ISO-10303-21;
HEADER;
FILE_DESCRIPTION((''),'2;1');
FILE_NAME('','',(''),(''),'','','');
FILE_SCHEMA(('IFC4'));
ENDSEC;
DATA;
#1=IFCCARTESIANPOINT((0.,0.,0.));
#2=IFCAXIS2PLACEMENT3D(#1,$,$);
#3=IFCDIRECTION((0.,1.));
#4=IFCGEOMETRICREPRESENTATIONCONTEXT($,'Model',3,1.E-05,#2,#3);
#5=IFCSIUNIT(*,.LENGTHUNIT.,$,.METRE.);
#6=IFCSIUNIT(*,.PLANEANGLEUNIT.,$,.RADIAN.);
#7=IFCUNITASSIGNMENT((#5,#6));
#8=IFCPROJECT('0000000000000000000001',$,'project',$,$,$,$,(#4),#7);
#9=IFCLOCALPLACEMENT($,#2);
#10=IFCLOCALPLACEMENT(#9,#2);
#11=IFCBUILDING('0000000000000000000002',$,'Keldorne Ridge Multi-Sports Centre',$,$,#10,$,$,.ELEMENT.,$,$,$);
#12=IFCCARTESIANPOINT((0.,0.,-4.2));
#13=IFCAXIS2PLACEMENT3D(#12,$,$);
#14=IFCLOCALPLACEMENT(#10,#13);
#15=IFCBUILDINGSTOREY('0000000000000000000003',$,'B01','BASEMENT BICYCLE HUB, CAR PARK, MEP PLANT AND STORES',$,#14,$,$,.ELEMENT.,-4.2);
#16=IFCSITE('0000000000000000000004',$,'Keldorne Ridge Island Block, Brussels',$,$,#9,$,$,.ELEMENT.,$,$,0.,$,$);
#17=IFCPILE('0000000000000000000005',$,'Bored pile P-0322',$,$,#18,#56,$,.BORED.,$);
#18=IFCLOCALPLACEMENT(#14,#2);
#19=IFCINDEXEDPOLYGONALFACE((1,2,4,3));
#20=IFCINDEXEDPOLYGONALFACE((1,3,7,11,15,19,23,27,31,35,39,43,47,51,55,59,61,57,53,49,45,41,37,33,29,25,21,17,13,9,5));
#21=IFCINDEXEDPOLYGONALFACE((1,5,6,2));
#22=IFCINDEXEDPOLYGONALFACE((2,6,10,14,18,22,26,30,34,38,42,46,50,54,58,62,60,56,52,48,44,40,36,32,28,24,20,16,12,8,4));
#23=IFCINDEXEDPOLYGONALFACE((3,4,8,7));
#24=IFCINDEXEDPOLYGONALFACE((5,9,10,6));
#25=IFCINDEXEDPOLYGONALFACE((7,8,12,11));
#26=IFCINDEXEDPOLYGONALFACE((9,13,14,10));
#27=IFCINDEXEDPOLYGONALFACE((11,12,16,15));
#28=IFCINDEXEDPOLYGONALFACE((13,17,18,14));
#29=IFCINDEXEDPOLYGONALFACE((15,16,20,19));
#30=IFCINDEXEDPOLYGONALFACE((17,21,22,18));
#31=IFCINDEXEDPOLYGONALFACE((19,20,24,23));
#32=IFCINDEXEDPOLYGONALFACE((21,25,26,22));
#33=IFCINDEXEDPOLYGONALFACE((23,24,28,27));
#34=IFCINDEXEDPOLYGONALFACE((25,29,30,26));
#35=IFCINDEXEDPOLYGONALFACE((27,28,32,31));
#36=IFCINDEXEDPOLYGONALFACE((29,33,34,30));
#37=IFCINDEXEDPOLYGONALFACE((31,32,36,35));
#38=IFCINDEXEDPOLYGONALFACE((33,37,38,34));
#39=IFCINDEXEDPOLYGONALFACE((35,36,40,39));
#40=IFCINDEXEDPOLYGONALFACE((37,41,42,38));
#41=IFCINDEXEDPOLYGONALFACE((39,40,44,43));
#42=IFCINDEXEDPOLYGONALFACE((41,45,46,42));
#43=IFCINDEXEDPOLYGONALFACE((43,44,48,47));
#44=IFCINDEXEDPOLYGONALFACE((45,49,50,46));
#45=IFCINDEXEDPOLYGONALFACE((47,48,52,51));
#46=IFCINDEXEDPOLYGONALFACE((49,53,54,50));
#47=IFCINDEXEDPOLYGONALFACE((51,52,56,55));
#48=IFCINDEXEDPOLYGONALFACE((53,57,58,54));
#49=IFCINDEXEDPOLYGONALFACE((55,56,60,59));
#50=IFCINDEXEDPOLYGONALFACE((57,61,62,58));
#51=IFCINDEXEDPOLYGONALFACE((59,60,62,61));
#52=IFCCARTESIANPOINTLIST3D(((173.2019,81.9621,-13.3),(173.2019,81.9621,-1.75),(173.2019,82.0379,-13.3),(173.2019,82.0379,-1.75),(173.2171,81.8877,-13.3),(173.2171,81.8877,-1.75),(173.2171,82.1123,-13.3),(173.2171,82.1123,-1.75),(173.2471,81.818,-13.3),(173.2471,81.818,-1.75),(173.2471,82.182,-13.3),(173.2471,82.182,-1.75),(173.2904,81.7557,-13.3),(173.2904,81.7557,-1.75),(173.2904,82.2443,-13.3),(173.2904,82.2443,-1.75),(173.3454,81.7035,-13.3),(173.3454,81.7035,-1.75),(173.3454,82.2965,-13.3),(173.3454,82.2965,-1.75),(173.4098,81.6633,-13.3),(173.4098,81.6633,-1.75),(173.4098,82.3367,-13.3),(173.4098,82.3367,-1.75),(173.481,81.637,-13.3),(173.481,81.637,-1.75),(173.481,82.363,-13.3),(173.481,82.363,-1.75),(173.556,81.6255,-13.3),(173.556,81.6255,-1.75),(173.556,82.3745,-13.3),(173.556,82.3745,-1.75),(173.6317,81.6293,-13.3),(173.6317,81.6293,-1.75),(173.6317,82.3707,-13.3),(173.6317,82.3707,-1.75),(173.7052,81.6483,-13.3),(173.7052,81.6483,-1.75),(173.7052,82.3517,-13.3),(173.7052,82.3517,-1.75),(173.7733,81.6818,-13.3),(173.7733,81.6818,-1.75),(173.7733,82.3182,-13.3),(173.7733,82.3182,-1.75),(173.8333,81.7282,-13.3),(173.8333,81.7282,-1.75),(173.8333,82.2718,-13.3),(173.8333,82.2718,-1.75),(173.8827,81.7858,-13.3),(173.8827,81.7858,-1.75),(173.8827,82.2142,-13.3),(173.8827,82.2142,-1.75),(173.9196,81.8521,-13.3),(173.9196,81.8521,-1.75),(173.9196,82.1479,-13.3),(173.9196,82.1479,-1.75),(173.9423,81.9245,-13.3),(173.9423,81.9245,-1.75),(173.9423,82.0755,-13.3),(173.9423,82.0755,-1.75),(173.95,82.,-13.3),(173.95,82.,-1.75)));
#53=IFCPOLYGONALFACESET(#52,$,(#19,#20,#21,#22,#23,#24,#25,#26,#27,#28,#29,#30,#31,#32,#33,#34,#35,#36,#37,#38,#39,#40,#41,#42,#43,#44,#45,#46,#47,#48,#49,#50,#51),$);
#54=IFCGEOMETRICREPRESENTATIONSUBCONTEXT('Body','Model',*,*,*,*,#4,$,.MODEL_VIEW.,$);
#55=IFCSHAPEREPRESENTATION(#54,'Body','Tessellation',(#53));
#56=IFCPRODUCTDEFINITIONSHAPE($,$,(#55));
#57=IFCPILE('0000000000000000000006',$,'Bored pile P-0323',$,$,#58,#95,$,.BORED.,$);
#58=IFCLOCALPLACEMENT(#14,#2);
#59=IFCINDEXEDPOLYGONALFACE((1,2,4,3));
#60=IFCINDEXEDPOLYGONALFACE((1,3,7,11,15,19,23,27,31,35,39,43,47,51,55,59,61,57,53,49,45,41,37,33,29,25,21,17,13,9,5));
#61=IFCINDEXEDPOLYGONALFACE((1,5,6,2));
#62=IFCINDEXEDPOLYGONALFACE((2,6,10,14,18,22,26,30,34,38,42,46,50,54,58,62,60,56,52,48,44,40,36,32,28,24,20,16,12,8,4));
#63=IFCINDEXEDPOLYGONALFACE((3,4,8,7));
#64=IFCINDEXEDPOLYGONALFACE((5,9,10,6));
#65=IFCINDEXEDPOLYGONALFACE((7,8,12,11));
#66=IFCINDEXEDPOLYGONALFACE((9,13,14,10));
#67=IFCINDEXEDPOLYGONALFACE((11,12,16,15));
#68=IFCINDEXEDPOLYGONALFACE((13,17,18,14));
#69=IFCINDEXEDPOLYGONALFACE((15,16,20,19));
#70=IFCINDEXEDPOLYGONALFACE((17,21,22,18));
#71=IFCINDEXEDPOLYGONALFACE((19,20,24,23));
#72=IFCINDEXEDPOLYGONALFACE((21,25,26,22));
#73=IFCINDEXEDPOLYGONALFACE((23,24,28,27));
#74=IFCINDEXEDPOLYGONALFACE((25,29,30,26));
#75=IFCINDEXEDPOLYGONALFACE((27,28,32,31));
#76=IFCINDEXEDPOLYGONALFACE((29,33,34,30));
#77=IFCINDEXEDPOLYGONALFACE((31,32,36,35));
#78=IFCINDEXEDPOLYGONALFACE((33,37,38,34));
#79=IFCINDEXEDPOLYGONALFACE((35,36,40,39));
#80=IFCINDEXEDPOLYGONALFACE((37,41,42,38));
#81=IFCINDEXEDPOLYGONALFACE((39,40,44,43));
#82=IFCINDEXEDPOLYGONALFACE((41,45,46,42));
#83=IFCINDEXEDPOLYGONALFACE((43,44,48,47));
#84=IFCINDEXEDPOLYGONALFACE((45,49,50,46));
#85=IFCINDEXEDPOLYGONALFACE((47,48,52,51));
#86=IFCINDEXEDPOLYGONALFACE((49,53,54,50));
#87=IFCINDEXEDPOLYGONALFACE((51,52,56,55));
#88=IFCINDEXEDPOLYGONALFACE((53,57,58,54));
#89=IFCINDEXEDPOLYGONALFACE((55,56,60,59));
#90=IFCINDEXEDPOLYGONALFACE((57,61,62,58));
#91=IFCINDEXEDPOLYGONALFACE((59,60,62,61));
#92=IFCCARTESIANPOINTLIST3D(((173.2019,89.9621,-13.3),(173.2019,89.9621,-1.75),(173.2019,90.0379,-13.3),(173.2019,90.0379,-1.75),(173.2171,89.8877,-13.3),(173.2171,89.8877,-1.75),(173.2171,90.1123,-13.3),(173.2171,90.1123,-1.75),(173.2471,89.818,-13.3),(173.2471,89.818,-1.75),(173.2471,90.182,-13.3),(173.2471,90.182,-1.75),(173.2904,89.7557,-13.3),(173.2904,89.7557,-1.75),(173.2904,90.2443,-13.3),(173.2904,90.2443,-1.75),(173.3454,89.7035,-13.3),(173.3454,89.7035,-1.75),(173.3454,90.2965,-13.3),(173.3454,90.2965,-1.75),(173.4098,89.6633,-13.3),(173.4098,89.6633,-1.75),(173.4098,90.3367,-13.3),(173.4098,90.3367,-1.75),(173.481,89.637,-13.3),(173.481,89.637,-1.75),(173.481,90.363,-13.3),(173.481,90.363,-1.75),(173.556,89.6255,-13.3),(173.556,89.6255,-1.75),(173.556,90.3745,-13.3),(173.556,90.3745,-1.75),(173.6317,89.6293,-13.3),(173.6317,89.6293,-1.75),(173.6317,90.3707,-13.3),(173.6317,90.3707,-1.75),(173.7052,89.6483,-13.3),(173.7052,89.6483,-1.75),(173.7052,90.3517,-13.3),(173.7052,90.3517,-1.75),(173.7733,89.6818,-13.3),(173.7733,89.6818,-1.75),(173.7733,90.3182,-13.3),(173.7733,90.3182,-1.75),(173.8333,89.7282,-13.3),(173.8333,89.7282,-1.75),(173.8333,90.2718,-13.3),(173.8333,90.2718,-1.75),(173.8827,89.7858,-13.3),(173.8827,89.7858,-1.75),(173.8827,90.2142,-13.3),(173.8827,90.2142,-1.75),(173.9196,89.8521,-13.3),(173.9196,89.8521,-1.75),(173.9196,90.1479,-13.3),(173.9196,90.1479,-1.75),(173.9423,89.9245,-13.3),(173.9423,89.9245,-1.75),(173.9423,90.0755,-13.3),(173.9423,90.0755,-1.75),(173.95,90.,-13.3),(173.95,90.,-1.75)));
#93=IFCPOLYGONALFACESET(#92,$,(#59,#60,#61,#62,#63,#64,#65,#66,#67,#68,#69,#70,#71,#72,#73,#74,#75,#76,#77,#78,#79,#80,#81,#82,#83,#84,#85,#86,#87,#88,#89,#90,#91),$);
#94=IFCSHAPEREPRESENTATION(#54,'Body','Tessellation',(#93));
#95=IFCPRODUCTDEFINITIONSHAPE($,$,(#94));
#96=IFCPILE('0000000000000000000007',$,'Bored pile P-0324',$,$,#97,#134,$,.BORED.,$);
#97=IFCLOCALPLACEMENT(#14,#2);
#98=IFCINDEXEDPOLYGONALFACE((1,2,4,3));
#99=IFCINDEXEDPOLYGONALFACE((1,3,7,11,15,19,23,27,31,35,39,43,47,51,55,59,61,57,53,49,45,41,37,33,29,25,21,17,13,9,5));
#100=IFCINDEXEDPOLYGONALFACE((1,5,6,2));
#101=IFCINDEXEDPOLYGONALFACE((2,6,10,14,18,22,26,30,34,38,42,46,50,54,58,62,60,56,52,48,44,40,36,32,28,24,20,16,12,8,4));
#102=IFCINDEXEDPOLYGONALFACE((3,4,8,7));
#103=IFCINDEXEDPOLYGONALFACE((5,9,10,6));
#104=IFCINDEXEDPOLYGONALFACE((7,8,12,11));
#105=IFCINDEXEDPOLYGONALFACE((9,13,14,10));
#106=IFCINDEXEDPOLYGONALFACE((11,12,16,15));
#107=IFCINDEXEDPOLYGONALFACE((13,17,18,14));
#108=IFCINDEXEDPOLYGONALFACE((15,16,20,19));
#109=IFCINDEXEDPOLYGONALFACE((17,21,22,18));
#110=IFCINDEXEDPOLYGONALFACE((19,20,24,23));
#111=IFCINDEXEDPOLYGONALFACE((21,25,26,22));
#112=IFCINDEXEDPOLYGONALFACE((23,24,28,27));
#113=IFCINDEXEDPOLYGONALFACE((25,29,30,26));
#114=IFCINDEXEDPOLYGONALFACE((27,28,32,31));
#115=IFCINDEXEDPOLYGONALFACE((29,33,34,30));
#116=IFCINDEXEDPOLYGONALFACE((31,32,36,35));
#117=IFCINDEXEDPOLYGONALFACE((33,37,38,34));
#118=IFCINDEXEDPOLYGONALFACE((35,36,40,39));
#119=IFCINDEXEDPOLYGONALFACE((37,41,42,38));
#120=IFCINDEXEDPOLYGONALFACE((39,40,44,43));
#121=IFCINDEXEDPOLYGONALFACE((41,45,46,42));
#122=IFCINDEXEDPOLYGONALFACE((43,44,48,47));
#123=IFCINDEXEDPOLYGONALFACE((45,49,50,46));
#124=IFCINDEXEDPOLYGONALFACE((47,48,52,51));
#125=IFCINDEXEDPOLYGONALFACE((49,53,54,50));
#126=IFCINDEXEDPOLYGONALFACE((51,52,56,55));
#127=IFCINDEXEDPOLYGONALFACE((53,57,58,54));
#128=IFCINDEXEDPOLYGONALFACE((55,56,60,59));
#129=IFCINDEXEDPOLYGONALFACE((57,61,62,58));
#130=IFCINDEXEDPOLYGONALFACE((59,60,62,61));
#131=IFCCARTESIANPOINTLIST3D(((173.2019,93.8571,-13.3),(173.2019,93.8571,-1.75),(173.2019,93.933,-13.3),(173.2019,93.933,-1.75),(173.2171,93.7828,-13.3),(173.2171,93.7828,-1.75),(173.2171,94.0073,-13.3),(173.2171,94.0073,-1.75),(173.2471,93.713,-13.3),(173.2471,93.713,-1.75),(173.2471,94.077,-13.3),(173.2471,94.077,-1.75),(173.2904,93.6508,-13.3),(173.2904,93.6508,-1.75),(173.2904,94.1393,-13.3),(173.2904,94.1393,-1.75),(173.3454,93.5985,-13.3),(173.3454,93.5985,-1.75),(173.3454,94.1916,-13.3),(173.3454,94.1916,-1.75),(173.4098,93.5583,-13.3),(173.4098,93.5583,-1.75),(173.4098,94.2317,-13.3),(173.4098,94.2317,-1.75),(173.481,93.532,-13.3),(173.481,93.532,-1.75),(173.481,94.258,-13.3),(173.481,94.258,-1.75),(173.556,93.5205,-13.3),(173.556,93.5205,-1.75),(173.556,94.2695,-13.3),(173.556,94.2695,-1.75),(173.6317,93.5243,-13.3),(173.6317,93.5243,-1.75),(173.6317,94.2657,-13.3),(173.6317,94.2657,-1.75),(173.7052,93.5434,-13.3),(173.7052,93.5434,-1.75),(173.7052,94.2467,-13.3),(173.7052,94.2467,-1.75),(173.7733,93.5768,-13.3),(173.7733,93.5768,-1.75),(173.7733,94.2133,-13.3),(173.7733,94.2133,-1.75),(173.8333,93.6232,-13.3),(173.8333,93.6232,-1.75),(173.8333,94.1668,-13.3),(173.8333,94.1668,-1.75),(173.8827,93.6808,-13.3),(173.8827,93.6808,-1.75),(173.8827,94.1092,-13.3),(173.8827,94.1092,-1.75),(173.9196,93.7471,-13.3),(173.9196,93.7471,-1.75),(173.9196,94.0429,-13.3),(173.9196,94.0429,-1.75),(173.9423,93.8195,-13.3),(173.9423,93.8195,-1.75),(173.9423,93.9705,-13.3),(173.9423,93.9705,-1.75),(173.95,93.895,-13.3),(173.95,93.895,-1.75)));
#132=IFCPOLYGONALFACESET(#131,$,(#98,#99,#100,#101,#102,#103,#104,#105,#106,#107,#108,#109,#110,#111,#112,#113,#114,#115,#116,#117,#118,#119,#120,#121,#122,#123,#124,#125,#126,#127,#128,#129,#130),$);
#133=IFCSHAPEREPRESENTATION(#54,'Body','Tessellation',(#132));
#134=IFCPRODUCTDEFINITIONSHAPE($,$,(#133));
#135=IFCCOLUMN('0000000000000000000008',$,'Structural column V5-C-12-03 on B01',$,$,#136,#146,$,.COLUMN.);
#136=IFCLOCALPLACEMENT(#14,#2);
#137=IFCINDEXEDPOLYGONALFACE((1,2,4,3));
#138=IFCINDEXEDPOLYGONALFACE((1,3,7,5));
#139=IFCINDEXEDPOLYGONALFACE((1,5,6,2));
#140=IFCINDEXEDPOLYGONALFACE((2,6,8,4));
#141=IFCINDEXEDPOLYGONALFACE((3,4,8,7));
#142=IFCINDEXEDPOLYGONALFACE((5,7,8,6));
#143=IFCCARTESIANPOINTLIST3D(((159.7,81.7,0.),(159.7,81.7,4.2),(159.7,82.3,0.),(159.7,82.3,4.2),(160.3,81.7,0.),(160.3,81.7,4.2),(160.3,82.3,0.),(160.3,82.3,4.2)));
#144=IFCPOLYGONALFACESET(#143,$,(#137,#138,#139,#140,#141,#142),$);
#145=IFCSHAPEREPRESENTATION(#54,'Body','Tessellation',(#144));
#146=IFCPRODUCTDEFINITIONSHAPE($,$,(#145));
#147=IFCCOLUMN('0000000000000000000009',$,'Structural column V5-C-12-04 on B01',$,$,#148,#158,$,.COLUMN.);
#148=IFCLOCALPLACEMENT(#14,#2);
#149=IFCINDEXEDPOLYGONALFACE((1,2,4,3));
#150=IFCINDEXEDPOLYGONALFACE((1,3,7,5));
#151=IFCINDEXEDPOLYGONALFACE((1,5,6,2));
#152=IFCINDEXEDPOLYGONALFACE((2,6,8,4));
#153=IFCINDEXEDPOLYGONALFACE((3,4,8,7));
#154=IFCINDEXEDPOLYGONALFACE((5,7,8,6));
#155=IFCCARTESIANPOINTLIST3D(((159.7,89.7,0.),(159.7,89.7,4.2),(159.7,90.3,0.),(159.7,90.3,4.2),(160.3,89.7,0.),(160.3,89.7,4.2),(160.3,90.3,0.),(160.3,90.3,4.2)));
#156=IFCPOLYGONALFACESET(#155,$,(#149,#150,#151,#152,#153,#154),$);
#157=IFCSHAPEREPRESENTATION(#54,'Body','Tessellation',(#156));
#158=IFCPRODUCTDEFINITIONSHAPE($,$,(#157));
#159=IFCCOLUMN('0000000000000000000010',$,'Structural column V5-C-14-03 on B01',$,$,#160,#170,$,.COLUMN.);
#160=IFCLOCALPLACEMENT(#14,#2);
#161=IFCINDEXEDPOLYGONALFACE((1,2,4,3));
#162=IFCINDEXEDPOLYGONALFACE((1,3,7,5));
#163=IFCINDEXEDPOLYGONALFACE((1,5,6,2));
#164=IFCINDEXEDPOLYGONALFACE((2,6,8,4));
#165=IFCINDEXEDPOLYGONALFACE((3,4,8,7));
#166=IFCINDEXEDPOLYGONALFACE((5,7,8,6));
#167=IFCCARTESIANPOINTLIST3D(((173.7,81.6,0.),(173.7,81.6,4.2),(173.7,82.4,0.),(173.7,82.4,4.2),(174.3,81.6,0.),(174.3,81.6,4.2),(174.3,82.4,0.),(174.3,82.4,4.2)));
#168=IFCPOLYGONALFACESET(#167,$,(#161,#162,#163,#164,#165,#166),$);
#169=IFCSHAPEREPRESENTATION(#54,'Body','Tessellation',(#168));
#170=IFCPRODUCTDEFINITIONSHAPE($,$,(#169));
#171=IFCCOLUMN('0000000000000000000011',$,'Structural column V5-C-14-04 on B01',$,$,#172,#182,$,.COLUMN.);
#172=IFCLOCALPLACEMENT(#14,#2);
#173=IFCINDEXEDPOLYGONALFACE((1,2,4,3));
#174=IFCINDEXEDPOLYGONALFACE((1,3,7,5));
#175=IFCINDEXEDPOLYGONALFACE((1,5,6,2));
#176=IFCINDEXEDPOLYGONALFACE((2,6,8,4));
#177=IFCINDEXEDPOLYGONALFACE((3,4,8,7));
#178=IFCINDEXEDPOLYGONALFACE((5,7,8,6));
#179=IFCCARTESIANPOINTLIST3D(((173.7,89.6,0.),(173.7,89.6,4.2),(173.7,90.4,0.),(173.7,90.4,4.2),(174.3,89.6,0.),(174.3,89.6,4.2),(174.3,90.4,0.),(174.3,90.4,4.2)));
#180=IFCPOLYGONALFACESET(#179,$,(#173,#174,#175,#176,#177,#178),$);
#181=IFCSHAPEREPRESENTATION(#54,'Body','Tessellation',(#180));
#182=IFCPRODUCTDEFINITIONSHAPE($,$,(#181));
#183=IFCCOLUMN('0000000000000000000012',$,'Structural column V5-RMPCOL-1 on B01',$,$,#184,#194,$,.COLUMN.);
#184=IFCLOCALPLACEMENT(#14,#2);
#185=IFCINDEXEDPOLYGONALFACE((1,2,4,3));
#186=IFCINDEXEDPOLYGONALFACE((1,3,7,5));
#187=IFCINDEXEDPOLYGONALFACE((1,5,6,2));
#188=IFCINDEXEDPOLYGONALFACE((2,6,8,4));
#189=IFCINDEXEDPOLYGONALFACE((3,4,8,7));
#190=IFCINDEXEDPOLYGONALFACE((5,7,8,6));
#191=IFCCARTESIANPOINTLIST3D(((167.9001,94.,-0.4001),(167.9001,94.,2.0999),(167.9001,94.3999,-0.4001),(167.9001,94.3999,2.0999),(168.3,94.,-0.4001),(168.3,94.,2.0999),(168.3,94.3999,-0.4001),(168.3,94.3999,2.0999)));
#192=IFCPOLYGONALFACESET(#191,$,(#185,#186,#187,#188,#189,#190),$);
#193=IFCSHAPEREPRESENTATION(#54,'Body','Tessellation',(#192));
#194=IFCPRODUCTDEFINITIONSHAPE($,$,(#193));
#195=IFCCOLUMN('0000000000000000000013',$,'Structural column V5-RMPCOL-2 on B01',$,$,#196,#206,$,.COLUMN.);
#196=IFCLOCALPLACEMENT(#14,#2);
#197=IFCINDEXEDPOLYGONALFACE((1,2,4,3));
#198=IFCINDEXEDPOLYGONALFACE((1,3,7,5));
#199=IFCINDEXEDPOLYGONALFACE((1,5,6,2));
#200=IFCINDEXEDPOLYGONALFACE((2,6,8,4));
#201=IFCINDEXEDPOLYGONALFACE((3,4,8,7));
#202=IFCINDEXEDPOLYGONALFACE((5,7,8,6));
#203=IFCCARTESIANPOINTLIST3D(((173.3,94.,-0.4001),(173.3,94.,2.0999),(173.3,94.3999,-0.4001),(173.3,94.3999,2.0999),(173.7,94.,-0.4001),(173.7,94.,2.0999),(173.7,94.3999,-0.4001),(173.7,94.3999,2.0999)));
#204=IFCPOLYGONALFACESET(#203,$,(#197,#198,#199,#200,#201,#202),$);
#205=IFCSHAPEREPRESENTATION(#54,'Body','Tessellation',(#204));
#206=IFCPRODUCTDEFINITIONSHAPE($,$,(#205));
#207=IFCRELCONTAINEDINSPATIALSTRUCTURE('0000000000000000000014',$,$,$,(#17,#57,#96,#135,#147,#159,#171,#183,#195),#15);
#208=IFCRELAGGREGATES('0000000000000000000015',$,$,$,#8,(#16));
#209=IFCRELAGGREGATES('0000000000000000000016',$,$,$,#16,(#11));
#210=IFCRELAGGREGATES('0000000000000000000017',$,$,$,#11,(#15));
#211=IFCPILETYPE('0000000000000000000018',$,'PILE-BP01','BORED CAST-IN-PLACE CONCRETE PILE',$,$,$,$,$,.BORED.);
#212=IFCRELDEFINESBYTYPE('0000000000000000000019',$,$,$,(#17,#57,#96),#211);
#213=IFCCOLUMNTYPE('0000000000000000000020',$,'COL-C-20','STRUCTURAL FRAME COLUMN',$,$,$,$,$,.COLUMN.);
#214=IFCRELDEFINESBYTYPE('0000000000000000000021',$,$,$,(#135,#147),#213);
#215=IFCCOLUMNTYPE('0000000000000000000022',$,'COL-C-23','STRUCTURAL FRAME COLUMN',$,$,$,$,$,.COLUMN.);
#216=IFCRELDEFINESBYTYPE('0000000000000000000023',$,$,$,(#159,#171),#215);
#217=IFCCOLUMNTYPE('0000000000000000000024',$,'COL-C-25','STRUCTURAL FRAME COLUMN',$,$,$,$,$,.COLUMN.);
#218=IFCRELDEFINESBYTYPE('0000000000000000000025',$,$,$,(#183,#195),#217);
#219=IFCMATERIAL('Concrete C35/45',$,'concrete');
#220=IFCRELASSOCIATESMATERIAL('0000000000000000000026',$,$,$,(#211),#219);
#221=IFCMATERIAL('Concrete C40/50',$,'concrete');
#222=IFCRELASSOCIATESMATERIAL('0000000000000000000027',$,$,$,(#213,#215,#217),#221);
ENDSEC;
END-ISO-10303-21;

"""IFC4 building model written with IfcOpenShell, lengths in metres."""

from ifc_helpers import new_model, si_unit, direction, frame, origin, origin_2d, place, context, subcontext, project, spatial, rectangle, circle, extrude, material, material_profile, profile_set, type_object, element, save


model = new_model("IFC4")

# Units and contexts
model_context = context("Model", 3, precision=1e-05, world=origin(), true_north=direction((0.0, 1.0)))
body_context = subcontext(model_context, "Body", "Model", "MODEL_VIEW")
ifc_project = project(units=[si_unit("LENGTHUNIT", "METRE"), si_unit("PLANEANGLEUNIT", "RADIAN")], contexts=[model_context])

# Site, building, storey
site_placement = place(None, origin())
site = spatial("IfcSite", under=ifc_project, at=site_placement, Name="Keldorne Ridge Island Block, Brussels", CompositionType="ELEMENT", RefElevation=0.0)
building_placement = place(site_placement, origin())
building = spatial("IfcBuilding", under=site, at=building_placement, Name="Keldorne Ridge Multi-Sports Centre", CompositionType="ELEMENT")
storey_placement = place(building_placement, frame((0.0, 0.0, -4.2)))
storey = spatial("IfcBuildingStorey", under=building, at=storey_placement, Name="B01", Description="BASEMENT BICYCLE HUB, CAR PARK, MEP PLANT AND STORES", CompositionType="ELEMENT", Elevation=-4.2)

# Shared definitions
ifc_material_1 = material(Name="Concrete C35/45", Category="concrete")

# Piles
ifc_material_profile_1 = material_profile(ifc_material_1, circle(Radius=0.375, at=origin_2d()), Name="BORED PILE D750")
ifc_profile_set_1 = profile_set([ifc_material_profile_1], Name="Concrete C35/45")
pile_type = type_object("IfcPileType", Name="PILE-BP01", Description="BORED CAST-IN-PLACE CONCRETE PILE", PredefinedType="BORED", material=ifc_profile_set_1)
for number, where, z_axis, x_axis, name in (
    (1, (173.575, 82.0, -1.75), (0.0, 0.0, -1.0), (1.0, 0.0, 0.0), "Bored pile P-0322"),
    (2, (173.575, 90.0, -1.75), (0.0, 0.0, -1.0), (1.0, 0.0, 0.0), "Bored pile P-0323"),
    (3, (173.575, 93.895, -1.75), (0.0, 0.0, -1.0), (1.0, 0.0, 0.0), "Bored pile P-0324"),
):
    element("IfcPile", number, at=place(storey_placement, frame(where, z_axis=z_axis, x_axis=x_axis)), inside=storey, type_object=pile_type, Name=name, PredefinedType="BORED", context=body_context, shape_type="SweptSolid", body=[
        extrude(circle(Radius=0.375, at=origin_2d()), origin(), (0.0, 0.0, 1.0), 11.55),
    ])

# Columns
ifc_material_2 = material(Name="Concrete C40/50", Category="concrete")
ifc_material_profile_2 = material_profile(ifc_material_2, rectangle(XDim=0.6001, YDim=0.6001, at=origin_2d()), Name="RC 600x600")
ifc_profile_set_2 = profile_set([ifc_material_profile_2], Name="Concrete C40/50")
column_type_1 = type_object("IfcColumnType", Name="COL-C-20", Description="STRUCTURAL FRAME COLUMN", PredefinedType="COLUMN", material=ifc_profile_set_2)
for number, where, z_axis, x_axis, name in (
    (4, (160.0, 82.0, 0.0), (0.0, 0.0, 1.0), (1.0, 0.0, 0.0), "Structural column V5-C-12-03 on B01"),
    (5, (160.0, 90.0, 0.0), (0.0, 0.0, 1.0), (1.0, 0.0, 0.0), "Structural column V5-C-12-04 on B01"),
):
    element("IfcColumn", number, at=place(storey_placement, frame(where, z_axis=z_axis, x_axis=x_axis)), inside=storey, type_object=column_type_1, Name=name, PredefinedType="COLUMN", context=body_context, shape_type="SweptSolid", body=[
        extrude(rectangle(XDim=0.6001, YDim=0.6001, at=origin_2d()), origin(), (0.0, 0.0, 1.0), 4.2),
    ])
ifc_material_profile_3 = material_profile(ifc_material_2, rectangle(XDim=0.6001, YDim=0.8, at=origin_2d()), Name="RC 600x800")
ifc_profile_set_3 = profile_set([ifc_material_profile_3], Name="Concrete C40/50")
column_type_2 = type_object("IfcColumnType", Name="COL-C-23", Description="STRUCTURAL FRAME COLUMN", PredefinedType="COLUMN", material=ifc_profile_set_3)
for number, where, z_axis, x_axis, name in (
    (6, (174.0, 82.0, 0.0), (0.0, 0.0, 1.0), (1.0, 0.0, 0.0), "Structural column V5-C-14-03 on B01"),
    (7, (174.0, 90.0, 0.0), (0.0, 0.0, 1.0), (1.0, 0.0, 0.0), "Structural column V5-C-14-04 on B01"),
):
    element("IfcColumn", number, at=place(storey_placement, frame(where, z_axis=z_axis, x_axis=x_axis)), inside=storey, type_object=column_type_2, Name=name, PredefinedType="COLUMN", context=body_context, shape_type="SweptSolid", body=[
        extrude(rectangle(XDim=0.6001, YDim=0.8, at=origin_2d()), origin(), (0.0, 0.0, 1.0), 4.2),
    ])
ifc_material_profile_4 = material_profile(ifc_material_2, rectangle(XDim=0.3999, YDim=0.3999, at=origin_2d()), Name="RC 400x400")
ifc_profile_set_4 = profile_set([ifc_material_profile_4], Name="Concrete C40/50")
column_type_3 = type_object("IfcColumnType", Name="COL-C-25", Description="STRUCTURAL FRAME COLUMN", PredefinedType="COLUMN", material=ifc_profile_set_4)
for number, where, z_axis, x_axis, name in (
    (8, (168.1001, 94.2, -0.4001), (0.0, 0.0, 1.0), (1.0, 0.0, 0.0), "Structural column V5-RMPCOL-1 on B01"),
    (9, (173.5, 94.2, -0.4001), (0.0, 0.0, 1.0), (1.0, 0.0, 0.0), "Structural column V5-RMPCOL-2 on B01"),
):
    element("IfcColumn", number, at=place(storey_placement, frame(where, z_axis=z_axis, x_axis=x_axis)), inside=storey, type_object=column_type_3, Name=name, PredefinedType="COLUMN", context=body_context, shape_type="SweptSolid", body=[
        extrude(rectangle(XDim=0.3999, YDim=0.3999, at=origin_2d()), origin(), (0.0, 0.0, 1.0), 2.5),
    ])

save(model, "model.ifc")
